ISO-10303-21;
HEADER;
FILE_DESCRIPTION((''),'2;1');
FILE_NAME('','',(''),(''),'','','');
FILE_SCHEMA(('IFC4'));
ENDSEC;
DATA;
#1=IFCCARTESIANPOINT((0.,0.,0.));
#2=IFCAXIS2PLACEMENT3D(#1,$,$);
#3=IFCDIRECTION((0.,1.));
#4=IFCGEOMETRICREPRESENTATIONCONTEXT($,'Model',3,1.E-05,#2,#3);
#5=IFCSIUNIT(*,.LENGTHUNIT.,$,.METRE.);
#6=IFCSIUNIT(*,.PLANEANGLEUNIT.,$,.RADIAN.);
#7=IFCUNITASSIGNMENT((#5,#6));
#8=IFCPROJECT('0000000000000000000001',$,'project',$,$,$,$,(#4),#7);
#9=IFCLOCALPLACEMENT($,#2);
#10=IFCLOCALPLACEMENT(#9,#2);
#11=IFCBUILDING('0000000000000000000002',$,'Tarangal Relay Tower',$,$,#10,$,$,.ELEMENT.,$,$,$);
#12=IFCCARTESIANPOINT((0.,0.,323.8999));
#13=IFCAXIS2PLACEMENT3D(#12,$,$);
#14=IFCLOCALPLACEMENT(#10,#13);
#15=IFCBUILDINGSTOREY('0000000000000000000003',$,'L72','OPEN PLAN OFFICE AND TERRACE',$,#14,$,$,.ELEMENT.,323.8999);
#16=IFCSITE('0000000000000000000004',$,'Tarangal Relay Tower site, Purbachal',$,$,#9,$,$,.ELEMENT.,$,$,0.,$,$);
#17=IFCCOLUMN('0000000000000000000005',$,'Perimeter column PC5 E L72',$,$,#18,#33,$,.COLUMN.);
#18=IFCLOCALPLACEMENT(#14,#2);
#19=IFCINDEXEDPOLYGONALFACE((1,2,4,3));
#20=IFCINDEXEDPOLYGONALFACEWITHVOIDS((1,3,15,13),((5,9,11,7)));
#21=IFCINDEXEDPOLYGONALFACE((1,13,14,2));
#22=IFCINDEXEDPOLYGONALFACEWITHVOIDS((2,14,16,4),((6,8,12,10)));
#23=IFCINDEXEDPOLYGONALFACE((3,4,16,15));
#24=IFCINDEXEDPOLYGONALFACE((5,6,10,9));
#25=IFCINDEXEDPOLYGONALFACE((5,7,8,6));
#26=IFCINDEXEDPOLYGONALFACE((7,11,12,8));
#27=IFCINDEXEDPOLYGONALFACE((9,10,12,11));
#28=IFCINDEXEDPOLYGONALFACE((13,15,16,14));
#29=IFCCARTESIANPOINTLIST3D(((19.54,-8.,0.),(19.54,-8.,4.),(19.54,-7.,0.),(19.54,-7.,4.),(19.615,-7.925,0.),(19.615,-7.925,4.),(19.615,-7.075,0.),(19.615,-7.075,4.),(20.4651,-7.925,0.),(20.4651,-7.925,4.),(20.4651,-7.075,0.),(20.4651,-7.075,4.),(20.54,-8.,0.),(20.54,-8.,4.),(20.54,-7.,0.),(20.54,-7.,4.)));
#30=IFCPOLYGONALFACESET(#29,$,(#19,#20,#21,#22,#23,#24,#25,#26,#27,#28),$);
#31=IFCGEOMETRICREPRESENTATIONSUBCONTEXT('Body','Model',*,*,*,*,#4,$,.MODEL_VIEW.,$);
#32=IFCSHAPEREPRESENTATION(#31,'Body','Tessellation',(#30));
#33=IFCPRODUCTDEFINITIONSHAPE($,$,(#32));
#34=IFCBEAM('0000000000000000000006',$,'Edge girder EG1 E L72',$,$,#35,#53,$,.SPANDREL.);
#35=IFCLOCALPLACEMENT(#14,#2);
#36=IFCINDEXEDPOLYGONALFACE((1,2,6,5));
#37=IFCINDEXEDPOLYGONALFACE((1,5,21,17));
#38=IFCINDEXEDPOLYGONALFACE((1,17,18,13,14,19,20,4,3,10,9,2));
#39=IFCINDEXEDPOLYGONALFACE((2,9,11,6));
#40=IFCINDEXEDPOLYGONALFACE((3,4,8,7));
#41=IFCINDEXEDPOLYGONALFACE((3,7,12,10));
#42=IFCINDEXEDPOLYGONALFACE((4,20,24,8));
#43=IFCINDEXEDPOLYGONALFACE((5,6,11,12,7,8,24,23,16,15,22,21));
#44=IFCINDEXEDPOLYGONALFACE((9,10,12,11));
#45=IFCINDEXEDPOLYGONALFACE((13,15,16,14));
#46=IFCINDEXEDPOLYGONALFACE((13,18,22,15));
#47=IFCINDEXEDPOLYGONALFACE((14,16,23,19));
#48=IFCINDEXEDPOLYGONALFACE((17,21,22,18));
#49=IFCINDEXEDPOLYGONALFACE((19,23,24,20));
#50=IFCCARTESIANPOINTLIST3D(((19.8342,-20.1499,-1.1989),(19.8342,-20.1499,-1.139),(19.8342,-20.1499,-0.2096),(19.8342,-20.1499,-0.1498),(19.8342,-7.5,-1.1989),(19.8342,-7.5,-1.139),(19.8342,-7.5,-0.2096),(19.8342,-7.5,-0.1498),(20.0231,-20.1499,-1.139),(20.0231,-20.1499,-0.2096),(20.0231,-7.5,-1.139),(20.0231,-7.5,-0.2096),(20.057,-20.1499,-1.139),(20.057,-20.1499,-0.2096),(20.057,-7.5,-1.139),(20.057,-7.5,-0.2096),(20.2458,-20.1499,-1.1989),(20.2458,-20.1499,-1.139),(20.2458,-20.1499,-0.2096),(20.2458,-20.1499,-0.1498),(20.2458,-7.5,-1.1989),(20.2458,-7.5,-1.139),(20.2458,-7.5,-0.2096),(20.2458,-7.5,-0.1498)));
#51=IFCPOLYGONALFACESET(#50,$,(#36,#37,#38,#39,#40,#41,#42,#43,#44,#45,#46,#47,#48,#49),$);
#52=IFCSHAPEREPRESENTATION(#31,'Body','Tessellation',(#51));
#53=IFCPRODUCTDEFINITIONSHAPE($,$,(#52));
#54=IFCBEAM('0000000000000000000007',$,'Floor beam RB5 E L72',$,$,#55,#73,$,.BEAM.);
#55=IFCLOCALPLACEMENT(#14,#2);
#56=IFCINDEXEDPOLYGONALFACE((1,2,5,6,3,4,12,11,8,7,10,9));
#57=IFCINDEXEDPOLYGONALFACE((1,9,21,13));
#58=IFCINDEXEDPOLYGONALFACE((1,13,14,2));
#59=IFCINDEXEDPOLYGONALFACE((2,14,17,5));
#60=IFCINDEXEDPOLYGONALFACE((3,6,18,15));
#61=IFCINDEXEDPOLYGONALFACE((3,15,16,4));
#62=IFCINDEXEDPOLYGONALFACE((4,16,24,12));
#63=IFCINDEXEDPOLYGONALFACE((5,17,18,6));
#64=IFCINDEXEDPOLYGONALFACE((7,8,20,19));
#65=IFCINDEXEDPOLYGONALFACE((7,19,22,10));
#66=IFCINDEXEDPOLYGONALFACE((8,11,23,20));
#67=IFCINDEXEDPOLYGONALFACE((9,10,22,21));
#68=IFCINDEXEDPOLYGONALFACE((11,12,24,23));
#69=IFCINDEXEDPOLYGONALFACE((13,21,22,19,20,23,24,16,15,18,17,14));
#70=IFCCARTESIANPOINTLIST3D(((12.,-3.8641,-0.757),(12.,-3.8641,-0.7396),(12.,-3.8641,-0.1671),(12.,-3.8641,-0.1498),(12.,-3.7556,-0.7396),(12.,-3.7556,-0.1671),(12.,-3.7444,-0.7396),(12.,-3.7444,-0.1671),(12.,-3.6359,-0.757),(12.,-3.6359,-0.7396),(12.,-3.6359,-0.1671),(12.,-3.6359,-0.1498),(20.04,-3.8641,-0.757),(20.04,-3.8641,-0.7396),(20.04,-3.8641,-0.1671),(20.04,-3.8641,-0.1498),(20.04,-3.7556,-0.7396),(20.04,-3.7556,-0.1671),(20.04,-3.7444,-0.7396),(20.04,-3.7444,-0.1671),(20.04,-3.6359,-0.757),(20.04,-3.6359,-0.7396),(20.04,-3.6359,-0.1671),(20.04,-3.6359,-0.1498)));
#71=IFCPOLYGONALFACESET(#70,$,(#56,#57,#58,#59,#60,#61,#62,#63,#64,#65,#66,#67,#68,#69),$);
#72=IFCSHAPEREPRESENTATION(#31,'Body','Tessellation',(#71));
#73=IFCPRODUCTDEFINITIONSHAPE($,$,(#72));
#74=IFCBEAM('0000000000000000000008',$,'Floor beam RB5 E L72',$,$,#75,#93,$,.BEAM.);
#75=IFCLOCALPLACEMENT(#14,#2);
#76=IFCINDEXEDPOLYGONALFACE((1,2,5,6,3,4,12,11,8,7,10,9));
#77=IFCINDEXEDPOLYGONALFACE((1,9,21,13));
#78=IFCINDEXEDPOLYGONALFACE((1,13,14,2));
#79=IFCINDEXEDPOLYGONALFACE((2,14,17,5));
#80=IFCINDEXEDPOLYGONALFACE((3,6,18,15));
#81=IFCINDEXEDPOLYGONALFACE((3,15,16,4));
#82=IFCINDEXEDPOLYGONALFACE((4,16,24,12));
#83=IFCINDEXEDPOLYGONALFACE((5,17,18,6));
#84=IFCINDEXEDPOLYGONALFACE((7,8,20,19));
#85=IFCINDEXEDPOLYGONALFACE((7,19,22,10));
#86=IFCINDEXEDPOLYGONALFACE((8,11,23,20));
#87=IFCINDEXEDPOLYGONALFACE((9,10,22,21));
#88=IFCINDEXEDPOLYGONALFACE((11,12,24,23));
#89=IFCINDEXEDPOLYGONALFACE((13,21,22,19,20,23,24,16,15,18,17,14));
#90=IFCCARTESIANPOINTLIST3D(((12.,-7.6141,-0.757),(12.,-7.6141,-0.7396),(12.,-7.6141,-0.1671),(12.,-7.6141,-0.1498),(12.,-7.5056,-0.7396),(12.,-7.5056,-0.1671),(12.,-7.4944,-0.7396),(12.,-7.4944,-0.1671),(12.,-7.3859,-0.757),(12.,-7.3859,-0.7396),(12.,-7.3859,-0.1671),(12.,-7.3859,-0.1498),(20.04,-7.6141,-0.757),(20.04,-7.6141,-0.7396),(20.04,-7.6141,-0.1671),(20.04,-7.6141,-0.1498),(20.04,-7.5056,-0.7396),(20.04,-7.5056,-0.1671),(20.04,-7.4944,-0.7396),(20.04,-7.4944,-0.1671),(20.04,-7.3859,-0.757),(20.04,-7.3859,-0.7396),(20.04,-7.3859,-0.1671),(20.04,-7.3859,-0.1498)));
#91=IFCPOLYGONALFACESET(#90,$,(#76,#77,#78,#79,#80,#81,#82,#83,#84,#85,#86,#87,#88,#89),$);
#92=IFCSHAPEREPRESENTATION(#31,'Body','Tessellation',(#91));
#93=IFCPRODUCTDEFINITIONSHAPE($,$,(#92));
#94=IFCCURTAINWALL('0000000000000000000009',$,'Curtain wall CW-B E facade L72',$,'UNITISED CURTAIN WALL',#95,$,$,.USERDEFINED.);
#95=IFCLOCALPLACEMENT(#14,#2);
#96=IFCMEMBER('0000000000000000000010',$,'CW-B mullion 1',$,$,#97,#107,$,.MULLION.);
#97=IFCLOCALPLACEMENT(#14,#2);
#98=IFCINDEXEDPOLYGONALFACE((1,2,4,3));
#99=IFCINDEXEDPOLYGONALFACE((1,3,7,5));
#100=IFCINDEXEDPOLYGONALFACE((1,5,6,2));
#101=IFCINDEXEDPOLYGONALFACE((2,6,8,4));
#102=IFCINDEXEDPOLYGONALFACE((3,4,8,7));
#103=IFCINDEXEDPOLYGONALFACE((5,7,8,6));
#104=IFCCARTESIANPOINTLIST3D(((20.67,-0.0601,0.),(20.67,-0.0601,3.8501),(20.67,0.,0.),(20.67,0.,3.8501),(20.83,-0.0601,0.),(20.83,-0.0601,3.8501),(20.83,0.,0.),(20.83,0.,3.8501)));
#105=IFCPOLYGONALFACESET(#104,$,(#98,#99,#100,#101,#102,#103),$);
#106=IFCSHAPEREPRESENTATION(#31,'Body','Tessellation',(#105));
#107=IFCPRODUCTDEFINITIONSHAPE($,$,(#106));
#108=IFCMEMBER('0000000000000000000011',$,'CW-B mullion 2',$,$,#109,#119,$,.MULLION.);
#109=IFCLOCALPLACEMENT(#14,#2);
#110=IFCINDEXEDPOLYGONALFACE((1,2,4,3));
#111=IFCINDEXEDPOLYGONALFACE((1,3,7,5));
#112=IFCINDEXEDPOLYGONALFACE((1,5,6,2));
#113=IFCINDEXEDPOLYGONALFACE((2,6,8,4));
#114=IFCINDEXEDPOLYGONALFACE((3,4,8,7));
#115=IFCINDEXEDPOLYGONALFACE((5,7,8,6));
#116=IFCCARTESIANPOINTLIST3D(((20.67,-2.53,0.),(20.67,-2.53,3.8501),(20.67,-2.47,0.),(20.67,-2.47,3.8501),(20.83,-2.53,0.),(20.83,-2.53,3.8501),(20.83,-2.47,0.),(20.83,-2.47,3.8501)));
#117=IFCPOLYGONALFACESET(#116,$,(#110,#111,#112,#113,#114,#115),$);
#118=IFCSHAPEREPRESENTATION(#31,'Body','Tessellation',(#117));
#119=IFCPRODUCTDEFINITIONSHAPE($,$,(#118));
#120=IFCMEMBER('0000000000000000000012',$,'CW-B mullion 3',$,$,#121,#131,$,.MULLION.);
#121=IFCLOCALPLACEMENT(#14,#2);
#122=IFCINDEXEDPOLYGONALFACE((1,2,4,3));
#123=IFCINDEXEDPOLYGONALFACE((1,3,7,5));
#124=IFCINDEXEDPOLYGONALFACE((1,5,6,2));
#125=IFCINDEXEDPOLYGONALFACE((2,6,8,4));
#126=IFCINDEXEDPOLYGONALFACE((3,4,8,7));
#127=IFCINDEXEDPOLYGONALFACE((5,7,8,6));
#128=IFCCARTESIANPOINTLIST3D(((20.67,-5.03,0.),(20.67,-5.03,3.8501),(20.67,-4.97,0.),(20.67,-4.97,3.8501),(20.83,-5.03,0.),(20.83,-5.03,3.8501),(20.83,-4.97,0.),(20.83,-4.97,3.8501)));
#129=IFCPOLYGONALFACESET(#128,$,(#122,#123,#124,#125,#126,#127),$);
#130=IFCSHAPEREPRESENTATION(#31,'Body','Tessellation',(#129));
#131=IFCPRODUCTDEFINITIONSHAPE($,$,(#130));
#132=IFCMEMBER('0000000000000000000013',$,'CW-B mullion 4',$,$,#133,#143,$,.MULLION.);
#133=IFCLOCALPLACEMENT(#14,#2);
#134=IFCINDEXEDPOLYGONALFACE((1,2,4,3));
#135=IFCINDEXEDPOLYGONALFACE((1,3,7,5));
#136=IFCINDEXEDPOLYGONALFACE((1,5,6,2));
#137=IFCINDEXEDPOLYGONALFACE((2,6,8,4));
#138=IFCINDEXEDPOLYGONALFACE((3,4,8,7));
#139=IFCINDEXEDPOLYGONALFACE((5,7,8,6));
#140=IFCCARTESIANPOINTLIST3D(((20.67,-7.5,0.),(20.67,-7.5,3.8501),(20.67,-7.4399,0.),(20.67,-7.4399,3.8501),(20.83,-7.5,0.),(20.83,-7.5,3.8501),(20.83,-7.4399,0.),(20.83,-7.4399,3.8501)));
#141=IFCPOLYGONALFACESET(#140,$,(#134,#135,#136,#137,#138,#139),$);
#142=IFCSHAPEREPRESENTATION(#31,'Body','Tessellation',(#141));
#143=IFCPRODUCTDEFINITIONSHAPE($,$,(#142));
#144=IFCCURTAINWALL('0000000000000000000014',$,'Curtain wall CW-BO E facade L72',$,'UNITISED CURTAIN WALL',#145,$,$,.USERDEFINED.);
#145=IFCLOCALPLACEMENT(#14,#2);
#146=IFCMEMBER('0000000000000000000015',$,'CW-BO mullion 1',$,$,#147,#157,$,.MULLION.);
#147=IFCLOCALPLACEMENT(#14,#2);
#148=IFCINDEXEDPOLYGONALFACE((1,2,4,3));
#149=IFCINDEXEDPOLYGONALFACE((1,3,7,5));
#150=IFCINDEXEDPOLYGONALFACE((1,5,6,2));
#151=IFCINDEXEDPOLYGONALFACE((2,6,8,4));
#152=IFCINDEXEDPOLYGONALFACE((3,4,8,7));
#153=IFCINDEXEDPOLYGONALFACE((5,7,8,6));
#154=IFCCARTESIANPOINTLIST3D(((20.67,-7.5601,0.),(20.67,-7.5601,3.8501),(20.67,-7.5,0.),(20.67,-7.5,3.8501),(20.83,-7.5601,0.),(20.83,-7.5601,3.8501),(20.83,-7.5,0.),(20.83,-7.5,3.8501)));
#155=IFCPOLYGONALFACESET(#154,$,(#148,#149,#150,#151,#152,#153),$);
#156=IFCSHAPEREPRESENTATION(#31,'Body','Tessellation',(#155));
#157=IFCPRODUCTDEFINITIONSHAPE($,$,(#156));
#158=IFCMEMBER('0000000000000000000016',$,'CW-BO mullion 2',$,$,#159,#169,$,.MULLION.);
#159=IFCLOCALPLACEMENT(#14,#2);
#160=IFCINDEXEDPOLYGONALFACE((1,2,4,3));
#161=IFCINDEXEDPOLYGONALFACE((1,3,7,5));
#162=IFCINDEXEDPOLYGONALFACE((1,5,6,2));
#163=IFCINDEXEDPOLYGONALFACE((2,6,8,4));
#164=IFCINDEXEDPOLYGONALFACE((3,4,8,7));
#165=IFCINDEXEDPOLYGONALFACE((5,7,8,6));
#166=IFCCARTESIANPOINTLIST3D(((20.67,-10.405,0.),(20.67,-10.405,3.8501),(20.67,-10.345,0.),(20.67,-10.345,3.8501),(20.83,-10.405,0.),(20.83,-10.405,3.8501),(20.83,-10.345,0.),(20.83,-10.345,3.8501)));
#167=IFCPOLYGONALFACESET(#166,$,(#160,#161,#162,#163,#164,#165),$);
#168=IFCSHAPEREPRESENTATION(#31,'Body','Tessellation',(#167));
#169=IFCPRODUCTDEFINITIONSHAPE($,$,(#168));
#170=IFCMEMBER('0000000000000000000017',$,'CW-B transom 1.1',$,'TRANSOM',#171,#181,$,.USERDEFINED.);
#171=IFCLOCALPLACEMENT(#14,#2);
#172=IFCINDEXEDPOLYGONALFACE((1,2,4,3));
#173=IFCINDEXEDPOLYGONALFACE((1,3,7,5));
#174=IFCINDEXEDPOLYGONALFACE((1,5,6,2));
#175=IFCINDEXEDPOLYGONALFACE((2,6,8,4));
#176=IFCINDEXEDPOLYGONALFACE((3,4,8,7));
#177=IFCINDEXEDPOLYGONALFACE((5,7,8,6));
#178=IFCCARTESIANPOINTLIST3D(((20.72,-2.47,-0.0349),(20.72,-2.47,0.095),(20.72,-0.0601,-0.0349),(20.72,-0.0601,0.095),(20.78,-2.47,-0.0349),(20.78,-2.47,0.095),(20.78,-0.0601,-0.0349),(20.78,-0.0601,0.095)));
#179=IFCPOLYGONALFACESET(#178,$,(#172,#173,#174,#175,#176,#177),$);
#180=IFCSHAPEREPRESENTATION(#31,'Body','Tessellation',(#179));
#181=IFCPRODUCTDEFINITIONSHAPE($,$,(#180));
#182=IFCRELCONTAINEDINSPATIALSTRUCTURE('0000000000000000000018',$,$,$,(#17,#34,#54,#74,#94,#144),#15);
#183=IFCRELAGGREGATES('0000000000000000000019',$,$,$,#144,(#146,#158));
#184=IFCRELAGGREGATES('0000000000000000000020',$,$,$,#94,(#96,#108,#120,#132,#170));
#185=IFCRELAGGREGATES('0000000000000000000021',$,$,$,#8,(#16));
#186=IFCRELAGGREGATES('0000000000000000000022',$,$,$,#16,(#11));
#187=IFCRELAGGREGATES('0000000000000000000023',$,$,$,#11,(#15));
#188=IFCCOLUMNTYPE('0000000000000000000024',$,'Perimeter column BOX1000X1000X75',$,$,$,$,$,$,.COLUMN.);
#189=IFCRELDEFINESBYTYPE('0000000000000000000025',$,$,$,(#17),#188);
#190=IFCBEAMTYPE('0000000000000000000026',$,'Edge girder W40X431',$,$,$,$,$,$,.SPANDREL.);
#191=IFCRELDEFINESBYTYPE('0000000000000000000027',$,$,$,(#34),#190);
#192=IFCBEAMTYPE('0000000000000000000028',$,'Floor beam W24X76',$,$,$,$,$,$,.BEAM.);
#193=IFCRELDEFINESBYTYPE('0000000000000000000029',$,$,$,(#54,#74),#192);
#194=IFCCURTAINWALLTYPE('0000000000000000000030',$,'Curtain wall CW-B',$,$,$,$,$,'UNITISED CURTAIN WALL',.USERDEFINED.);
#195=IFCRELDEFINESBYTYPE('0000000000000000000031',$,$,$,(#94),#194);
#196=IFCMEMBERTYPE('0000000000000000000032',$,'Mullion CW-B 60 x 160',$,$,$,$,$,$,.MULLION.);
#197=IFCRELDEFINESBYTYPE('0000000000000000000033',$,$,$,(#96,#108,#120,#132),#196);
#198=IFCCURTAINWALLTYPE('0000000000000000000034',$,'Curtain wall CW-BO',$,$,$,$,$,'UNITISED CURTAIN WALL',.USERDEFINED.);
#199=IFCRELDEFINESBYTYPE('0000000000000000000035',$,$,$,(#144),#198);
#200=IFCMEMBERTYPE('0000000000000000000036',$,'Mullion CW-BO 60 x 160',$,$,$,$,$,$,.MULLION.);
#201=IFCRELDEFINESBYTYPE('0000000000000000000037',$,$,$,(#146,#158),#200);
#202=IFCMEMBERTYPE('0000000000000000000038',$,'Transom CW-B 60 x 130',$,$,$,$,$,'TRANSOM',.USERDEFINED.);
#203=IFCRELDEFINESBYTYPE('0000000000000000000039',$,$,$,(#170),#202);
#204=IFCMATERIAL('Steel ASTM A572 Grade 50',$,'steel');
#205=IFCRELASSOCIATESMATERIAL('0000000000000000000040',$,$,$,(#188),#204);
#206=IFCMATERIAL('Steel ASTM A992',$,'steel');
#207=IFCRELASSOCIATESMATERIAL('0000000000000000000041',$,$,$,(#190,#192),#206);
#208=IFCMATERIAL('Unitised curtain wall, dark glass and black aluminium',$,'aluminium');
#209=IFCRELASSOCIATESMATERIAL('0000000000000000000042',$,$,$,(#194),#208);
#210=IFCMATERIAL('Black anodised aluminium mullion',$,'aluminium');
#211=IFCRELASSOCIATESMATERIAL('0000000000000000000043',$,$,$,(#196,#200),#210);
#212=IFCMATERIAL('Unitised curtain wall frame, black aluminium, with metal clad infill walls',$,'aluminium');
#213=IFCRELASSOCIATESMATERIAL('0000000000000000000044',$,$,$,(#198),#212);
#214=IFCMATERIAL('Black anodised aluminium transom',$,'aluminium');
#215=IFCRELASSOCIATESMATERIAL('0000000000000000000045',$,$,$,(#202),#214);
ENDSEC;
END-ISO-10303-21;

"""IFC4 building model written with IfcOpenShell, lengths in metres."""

from ifc_helpers import new_model, si_unit, direction, frame, origin, origin_2d, place, context, subcontext, project, spatial, rectangle, hollow_rectangle, i_section, extrude, material, material_profile, profile_set, type_object, element, aggregate, save


model = new_model("IFC4")

# Units and contexts
model_context = context("Model", 3, precision=1e-05, world=origin(), true_north=direction((0.0, 1.0)))
body_context = subcontext(model_context, "Body", "Model", "MODEL_VIEW")
ifc_project = project(units=[si_unit("LENGTHUNIT", "METRE"), si_unit("PLANEANGLEUNIT", "RADIAN")], contexts=[model_context])

# Site, building, storey
site_placement = place(None, origin())
site = spatial("IfcSite", under=ifc_project, at=site_placement, Name="Tarangal Relay Tower site, Purbachal", CompositionType="ELEMENT", RefElevation=0.0)
building_placement = place(site_placement, origin())
building = spatial("IfcBuilding", under=site, at=building_placement, Name="Tarangal Relay Tower", CompositionType="ELEMENT")
storey_placement = place(building_placement, frame((0.0, 0.0, 323.8999)))
storey = spatial("IfcBuildingStorey", under=building, at=storey_placement, Name="L72", Description="OPEN PLAN OFFICE AND TERRACE", CompositionType="ELEMENT", Elevation=323.8999)

# Column
ifc_material_1 = material(Name="Steel ASTM A572 Grade 50", Category="steel")
ifc_material_profile_1 = material_profile(ifc_material_1, hollow_rectangle(XDim=1.0, YDim=1.0, WallThickness=0.075, at=origin_2d()), Name="BOX1000X1000X75")
ifc_profile_set_1 = profile_set([ifc_material_profile_1], Name="Steel ASTM A572 Grade 50")
column_type = type_object("IfcColumnType", Name="Perimeter column BOX1000X1000X75", PredefinedType="COLUMN", material=ifc_profile_set_1)
column_placement = place(storey_placement, frame((20.04, -7.5, 0.0), z_axis=(0.0, 0.0, 1.0), x_axis=(1.0, 0.0, 0.0)))
element("IfcColumn", 1, at=column_placement, inside=storey, type_object=column_type, Name="Perimeter column PC5 E L72", PredefinedType="COLUMN", context=body_context, shape_type="SweptSolid", body=[
    extrude(hollow_rectangle(XDim=1.0, YDim=1.0, WallThickness=0.075, at=origin_2d()), origin(), (0.0, 0.0, 1.0), 4.0),
])

# Beams
ifc_material_2 = material(Name="Steel ASTM A992", Category="steel")
ifc_material_profile_2 = material_profile(ifc_material_2, i_section(OverallWidth=0.4116, OverallDepth=1.0491, WebThickness=0.0339, FlangeThickness=0.0598, at=origin_2d()), Name="W40X431")
ifc_profile_set_2 = profile_set([ifc_material_profile_2], Name="Steel ASTM A992")
beam_type_1 = type_object("IfcBeamType", Name="Edge girder W40X431", PredefinedType="SPANDREL", material=ifc_profile_set_2)
beam_placement = place(storey_placement, frame((20.04, -7.5, -0.6743), z_axis=(0.0, -1.0, 0.0), x_axis=(1.0, 0.0, 0.0)))
element("IfcBeam", 2, at=beam_placement, inside=storey, type_object=beam_type_1, Name="Edge girder EG1 E L72", PredefinedType="SPANDREL", context=body_context, shape_type="SweptSolid", body=[
    extrude(i_section(OverallWidth=0.4116, OverallDepth=1.0491, WebThickness=0.0339, FlangeThickness=0.0598, at=origin_2d()), origin(), (0.0, 0.0, 1.0), 12.6499),
])
ifc_material_profile_3 = material_profile(ifc_material_2, i_section(OverallWidth=0.2283, OverallDepth=0.6072, WebThickness=0.0112, FlangeThickness=0.0173, at=origin_2d()), Name="W24X76")
ifc_profile_set_3 = profile_set([ifc_material_profile_3], Name="Steel ASTM A992")
beam_type_2 = type_object("IfcBeamType", Name="Floor beam W24X76", PredefinedType="BEAM", material=ifc_profile_set_3)
for number, where, z_axis, x_axis, name in (
    (3, (12.0, -3.75, -0.4534), (1.0, 0.0, 0.0), (0.0, 1.0, 0.0), "Floor beam RB5 E L72"),
    (4, (12.0, -7.5, -0.4534), (1.0, 0.0, 0.0), (0.0, 1.0, 0.0), "Floor beam RB5 E L72"),
):
    element("IfcBeam", number, at=place(storey_placement, frame(where, z_axis=z_axis, x_axis=x_axis)), inside=storey, type_object=beam_type_2, Name=name, PredefinedType="BEAM", context=body_context, shape_type="SweptSolid", body=[
        extrude(i_section(OverallWidth=0.2283, OverallDepth=0.6072, WebThickness=0.0112, FlangeThickness=0.0173, at=origin_2d()), origin(), (0.0, 0.0, 1.0), 8.04),
    ])

# Curtain walls, members
ifc_material_3 = material(Name="Unitised curtain wall, dark glass and black aluminium", Category="aluminium")
curtain_wall_type_1 = type_object("IfcCurtainWallType", Name="Curtain wall CW-B", ElementType="UNITISED CURTAIN WALL", PredefinedType="USERDEFINED", material=ifc_material_3)
curtain_wall_1_placement = place(storey_placement, origin())
curtain_wall_1 = element("IfcCurtainWall", 5, at=curtain_wall_1_placement, inside=storey, type_object=curtain_wall_type_1, Name="Curtain wall CW-B E facade L72", ObjectType="UNITISED CURTAIN WALL", PredefinedType="USERDEFINED")
ifc_material_4 = material(Name="Black anodised aluminium mullion", Category="aluminium")
ifc_material_profile_4 = material_profile(ifc_material_4, rectangle(XDim=0.1599, YDim=0.0601, at=origin_2d()), Name="CW-BM 60X160")
ifc_profile_set_4 = profile_set([ifc_material_profile_4], Name="Black anodised aluminium mullion")
member_type_1 = type_object("IfcMemberType", Name="Mullion CW-B 60 x 160", PredefinedType="MULLION", material=ifc_profile_set_4)
member_1_placement = place(storey_placement, frame((20.75, -0.03, 0.0), z_axis=(0.0, 0.0, 1.0), x_axis=(1.0, 0.0, 0.0)))
member_1 = element("IfcMember", 6, at=member_1_placement, type_object=member_type_1, Name="CW-B mullion 1", PredefinedType="MULLION", context=body_context, shape_type="SweptSolid", body=[
    extrude(rectangle(XDim=0.1599, YDim=0.0601, at=origin_2d()), origin(), (0.0, 0.0, 1.0), 3.8501),
])
member_2_placement = place(storey_placement, frame((20.75, -2.5, 0.0), z_axis=(0.0, 0.0, 1.0), x_axis=(1.0, 0.0, 0.0)))
member_2 = element("IfcMember", 7, at=member_2_placement, type_object=member_type_1, Name="CW-B mullion 2", PredefinedType="MULLION", context=body_context, shape_type="SweptSolid", body=[
    extrude(rectangle(XDim=0.1599, YDim=0.0601, at=origin_2d()), origin(), (0.0, 0.0, 1.0), 3.8501),
])
member_3_placement = place(storey_placement, frame((20.75, -5.0, 0.0), z_axis=(0.0, 0.0, 1.0), x_axis=(1.0, 0.0, 0.0)))
member_3 = element("IfcMember", 8, at=member_3_placement, type_object=member_type_1, Name="CW-B mullion 3", PredefinedType="MULLION", context=body_context, shape_type="SweptSolid", body=[
    extrude(rectangle(XDim=0.1599, YDim=0.0601, at=origin_2d()), origin(), (0.0, 0.0, 1.0), 3.8501),
])
member_4_placement = place(storey_placement, frame((20.75, -7.47, 0.0), z_axis=(0.0, 0.0, 1.0), x_axis=(1.0, 0.0, 0.0)))
member_4 = element("IfcMember", 9, at=member_4_placement, type_object=member_type_1, Name="CW-B mullion 4", PredefinedType="MULLION", context=body_context, shape_type="SweptSolid", body=[
    extrude(rectangle(XDim=0.1599, YDim=0.0601, at=origin_2d()), origin(), (0.0, 0.0, 1.0), 3.8501),
])
ifc_material_5 = material(Name="Unitised curtain wall frame, black aluminium, with metal clad infill walls", Category="aluminium")
curtain_wall_type_2 = type_object("IfcCurtainWallType", Name="Curtain wall CW-BO", ElementType="UNITISED CURTAIN WALL", PredefinedType="USERDEFINED", material=ifc_material_5)
curtain_wall_2_placement = place(storey_placement, origin())
curtain_wall_2 = element("IfcCurtainWall", 10, at=curtain_wall_2_placement, inside=storey, type_object=curtain_wall_type_2, Name="Curtain wall CW-BO E facade L72", ObjectType="UNITISED CURTAIN WALL", PredefinedType="USERDEFINED")
ifc_material_profile_5 = material_profile(ifc_material_4, rectangle(XDim=0.1599, YDim=0.0601, at=origin_2d()), Name="CW-BOM 60X160")
ifc_profile_set_5 = profile_set([ifc_material_profile_5], Name="Black anodised aluminium mullion")
member_type_2 = type_object("IfcMemberType", Name="Mullion CW-BO 60 x 160", PredefinedType="MULLION", material=ifc_profile_set_5)
member_5_placement = place(storey_placement, frame((20.75, -7.53, 0.0), z_axis=(0.0, 0.0, 1.0), x_axis=(1.0, 0.0, 0.0)))
member_5 = element("IfcMember", 11, at=member_5_placement, type_object=member_type_2, Name="CW-BO mullion 1", PredefinedType="MULLION", context=body_context, shape_type="SweptSolid", body=[
    extrude(rectangle(XDim=0.1599, YDim=0.0601, at=origin_2d()), origin(), (0.0, 0.0, 1.0), 3.8501),
])
member_6_placement = place(storey_placement, frame((20.75, -10.375, 0.0), z_axis=(0.0, 0.0, 1.0), x_axis=(1.0, 0.0, 0.0)))
member_6 = element("IfcMember", 12, at=member_6_placement, type_object=member_type_2, Name="CW-BO mullion 2", PredefinedType="MULLION", context=body_context, shape_type="SweptSolid", body=[
    extrude(rectangle(XDim=0.1599, YDim=0.0601, at=origin_2d()), origin(), (0.0, 0.0, 1.0), 3.8501),
])

# Member
ifc_material_6 = material(Name="Black anodised aluminium transom", Category="aluminium")
ifc_material_profile_6 = material_profile(ifc_material_6, rectangle(XDim=0.0601, YDim=0.1299, at=origin_2d()), Name="CW-BT 60X130")
ifc_profile_set_6 = profile_set([ifc_material_profile_6], Name="Black anodised aluminium transom")
member_type_3 = type_object("IfcMemberType", Name="Transom CW-B 60 x 130", ElementType="TRANSOM", PredefinedType="USERDEFINED", material=ifc_profile_set_6)
member_7_placement = place(storey_placement, frame((20.75, -0.0601, 0.03), z_axis=(0.0, -1.0, 0.0), x_axis=(1.0, 0.0, 0.0)))
member_7 = element("IfcMember", 13, at=member_7_placement, type_object=member_type_3, Name="CW-B transom 1.1", ObjectType="TRANSOM", PredefinedType="USERDEFINED", context=body_context, shape_type="SweptSolid", body=[
    extrude(rectangle(XDim=0.0601, YDim=0.1299, at=origin_2d()), origin(), (0.0, 0.0, 1.0), 2.4099),
])
aggregate(curtain_wall_2, [member_5, member_6])

aggregate(curtain_wall_1, [member_1, member_2, member_3, member_4, member_7])

save(model, "model.ifc")
